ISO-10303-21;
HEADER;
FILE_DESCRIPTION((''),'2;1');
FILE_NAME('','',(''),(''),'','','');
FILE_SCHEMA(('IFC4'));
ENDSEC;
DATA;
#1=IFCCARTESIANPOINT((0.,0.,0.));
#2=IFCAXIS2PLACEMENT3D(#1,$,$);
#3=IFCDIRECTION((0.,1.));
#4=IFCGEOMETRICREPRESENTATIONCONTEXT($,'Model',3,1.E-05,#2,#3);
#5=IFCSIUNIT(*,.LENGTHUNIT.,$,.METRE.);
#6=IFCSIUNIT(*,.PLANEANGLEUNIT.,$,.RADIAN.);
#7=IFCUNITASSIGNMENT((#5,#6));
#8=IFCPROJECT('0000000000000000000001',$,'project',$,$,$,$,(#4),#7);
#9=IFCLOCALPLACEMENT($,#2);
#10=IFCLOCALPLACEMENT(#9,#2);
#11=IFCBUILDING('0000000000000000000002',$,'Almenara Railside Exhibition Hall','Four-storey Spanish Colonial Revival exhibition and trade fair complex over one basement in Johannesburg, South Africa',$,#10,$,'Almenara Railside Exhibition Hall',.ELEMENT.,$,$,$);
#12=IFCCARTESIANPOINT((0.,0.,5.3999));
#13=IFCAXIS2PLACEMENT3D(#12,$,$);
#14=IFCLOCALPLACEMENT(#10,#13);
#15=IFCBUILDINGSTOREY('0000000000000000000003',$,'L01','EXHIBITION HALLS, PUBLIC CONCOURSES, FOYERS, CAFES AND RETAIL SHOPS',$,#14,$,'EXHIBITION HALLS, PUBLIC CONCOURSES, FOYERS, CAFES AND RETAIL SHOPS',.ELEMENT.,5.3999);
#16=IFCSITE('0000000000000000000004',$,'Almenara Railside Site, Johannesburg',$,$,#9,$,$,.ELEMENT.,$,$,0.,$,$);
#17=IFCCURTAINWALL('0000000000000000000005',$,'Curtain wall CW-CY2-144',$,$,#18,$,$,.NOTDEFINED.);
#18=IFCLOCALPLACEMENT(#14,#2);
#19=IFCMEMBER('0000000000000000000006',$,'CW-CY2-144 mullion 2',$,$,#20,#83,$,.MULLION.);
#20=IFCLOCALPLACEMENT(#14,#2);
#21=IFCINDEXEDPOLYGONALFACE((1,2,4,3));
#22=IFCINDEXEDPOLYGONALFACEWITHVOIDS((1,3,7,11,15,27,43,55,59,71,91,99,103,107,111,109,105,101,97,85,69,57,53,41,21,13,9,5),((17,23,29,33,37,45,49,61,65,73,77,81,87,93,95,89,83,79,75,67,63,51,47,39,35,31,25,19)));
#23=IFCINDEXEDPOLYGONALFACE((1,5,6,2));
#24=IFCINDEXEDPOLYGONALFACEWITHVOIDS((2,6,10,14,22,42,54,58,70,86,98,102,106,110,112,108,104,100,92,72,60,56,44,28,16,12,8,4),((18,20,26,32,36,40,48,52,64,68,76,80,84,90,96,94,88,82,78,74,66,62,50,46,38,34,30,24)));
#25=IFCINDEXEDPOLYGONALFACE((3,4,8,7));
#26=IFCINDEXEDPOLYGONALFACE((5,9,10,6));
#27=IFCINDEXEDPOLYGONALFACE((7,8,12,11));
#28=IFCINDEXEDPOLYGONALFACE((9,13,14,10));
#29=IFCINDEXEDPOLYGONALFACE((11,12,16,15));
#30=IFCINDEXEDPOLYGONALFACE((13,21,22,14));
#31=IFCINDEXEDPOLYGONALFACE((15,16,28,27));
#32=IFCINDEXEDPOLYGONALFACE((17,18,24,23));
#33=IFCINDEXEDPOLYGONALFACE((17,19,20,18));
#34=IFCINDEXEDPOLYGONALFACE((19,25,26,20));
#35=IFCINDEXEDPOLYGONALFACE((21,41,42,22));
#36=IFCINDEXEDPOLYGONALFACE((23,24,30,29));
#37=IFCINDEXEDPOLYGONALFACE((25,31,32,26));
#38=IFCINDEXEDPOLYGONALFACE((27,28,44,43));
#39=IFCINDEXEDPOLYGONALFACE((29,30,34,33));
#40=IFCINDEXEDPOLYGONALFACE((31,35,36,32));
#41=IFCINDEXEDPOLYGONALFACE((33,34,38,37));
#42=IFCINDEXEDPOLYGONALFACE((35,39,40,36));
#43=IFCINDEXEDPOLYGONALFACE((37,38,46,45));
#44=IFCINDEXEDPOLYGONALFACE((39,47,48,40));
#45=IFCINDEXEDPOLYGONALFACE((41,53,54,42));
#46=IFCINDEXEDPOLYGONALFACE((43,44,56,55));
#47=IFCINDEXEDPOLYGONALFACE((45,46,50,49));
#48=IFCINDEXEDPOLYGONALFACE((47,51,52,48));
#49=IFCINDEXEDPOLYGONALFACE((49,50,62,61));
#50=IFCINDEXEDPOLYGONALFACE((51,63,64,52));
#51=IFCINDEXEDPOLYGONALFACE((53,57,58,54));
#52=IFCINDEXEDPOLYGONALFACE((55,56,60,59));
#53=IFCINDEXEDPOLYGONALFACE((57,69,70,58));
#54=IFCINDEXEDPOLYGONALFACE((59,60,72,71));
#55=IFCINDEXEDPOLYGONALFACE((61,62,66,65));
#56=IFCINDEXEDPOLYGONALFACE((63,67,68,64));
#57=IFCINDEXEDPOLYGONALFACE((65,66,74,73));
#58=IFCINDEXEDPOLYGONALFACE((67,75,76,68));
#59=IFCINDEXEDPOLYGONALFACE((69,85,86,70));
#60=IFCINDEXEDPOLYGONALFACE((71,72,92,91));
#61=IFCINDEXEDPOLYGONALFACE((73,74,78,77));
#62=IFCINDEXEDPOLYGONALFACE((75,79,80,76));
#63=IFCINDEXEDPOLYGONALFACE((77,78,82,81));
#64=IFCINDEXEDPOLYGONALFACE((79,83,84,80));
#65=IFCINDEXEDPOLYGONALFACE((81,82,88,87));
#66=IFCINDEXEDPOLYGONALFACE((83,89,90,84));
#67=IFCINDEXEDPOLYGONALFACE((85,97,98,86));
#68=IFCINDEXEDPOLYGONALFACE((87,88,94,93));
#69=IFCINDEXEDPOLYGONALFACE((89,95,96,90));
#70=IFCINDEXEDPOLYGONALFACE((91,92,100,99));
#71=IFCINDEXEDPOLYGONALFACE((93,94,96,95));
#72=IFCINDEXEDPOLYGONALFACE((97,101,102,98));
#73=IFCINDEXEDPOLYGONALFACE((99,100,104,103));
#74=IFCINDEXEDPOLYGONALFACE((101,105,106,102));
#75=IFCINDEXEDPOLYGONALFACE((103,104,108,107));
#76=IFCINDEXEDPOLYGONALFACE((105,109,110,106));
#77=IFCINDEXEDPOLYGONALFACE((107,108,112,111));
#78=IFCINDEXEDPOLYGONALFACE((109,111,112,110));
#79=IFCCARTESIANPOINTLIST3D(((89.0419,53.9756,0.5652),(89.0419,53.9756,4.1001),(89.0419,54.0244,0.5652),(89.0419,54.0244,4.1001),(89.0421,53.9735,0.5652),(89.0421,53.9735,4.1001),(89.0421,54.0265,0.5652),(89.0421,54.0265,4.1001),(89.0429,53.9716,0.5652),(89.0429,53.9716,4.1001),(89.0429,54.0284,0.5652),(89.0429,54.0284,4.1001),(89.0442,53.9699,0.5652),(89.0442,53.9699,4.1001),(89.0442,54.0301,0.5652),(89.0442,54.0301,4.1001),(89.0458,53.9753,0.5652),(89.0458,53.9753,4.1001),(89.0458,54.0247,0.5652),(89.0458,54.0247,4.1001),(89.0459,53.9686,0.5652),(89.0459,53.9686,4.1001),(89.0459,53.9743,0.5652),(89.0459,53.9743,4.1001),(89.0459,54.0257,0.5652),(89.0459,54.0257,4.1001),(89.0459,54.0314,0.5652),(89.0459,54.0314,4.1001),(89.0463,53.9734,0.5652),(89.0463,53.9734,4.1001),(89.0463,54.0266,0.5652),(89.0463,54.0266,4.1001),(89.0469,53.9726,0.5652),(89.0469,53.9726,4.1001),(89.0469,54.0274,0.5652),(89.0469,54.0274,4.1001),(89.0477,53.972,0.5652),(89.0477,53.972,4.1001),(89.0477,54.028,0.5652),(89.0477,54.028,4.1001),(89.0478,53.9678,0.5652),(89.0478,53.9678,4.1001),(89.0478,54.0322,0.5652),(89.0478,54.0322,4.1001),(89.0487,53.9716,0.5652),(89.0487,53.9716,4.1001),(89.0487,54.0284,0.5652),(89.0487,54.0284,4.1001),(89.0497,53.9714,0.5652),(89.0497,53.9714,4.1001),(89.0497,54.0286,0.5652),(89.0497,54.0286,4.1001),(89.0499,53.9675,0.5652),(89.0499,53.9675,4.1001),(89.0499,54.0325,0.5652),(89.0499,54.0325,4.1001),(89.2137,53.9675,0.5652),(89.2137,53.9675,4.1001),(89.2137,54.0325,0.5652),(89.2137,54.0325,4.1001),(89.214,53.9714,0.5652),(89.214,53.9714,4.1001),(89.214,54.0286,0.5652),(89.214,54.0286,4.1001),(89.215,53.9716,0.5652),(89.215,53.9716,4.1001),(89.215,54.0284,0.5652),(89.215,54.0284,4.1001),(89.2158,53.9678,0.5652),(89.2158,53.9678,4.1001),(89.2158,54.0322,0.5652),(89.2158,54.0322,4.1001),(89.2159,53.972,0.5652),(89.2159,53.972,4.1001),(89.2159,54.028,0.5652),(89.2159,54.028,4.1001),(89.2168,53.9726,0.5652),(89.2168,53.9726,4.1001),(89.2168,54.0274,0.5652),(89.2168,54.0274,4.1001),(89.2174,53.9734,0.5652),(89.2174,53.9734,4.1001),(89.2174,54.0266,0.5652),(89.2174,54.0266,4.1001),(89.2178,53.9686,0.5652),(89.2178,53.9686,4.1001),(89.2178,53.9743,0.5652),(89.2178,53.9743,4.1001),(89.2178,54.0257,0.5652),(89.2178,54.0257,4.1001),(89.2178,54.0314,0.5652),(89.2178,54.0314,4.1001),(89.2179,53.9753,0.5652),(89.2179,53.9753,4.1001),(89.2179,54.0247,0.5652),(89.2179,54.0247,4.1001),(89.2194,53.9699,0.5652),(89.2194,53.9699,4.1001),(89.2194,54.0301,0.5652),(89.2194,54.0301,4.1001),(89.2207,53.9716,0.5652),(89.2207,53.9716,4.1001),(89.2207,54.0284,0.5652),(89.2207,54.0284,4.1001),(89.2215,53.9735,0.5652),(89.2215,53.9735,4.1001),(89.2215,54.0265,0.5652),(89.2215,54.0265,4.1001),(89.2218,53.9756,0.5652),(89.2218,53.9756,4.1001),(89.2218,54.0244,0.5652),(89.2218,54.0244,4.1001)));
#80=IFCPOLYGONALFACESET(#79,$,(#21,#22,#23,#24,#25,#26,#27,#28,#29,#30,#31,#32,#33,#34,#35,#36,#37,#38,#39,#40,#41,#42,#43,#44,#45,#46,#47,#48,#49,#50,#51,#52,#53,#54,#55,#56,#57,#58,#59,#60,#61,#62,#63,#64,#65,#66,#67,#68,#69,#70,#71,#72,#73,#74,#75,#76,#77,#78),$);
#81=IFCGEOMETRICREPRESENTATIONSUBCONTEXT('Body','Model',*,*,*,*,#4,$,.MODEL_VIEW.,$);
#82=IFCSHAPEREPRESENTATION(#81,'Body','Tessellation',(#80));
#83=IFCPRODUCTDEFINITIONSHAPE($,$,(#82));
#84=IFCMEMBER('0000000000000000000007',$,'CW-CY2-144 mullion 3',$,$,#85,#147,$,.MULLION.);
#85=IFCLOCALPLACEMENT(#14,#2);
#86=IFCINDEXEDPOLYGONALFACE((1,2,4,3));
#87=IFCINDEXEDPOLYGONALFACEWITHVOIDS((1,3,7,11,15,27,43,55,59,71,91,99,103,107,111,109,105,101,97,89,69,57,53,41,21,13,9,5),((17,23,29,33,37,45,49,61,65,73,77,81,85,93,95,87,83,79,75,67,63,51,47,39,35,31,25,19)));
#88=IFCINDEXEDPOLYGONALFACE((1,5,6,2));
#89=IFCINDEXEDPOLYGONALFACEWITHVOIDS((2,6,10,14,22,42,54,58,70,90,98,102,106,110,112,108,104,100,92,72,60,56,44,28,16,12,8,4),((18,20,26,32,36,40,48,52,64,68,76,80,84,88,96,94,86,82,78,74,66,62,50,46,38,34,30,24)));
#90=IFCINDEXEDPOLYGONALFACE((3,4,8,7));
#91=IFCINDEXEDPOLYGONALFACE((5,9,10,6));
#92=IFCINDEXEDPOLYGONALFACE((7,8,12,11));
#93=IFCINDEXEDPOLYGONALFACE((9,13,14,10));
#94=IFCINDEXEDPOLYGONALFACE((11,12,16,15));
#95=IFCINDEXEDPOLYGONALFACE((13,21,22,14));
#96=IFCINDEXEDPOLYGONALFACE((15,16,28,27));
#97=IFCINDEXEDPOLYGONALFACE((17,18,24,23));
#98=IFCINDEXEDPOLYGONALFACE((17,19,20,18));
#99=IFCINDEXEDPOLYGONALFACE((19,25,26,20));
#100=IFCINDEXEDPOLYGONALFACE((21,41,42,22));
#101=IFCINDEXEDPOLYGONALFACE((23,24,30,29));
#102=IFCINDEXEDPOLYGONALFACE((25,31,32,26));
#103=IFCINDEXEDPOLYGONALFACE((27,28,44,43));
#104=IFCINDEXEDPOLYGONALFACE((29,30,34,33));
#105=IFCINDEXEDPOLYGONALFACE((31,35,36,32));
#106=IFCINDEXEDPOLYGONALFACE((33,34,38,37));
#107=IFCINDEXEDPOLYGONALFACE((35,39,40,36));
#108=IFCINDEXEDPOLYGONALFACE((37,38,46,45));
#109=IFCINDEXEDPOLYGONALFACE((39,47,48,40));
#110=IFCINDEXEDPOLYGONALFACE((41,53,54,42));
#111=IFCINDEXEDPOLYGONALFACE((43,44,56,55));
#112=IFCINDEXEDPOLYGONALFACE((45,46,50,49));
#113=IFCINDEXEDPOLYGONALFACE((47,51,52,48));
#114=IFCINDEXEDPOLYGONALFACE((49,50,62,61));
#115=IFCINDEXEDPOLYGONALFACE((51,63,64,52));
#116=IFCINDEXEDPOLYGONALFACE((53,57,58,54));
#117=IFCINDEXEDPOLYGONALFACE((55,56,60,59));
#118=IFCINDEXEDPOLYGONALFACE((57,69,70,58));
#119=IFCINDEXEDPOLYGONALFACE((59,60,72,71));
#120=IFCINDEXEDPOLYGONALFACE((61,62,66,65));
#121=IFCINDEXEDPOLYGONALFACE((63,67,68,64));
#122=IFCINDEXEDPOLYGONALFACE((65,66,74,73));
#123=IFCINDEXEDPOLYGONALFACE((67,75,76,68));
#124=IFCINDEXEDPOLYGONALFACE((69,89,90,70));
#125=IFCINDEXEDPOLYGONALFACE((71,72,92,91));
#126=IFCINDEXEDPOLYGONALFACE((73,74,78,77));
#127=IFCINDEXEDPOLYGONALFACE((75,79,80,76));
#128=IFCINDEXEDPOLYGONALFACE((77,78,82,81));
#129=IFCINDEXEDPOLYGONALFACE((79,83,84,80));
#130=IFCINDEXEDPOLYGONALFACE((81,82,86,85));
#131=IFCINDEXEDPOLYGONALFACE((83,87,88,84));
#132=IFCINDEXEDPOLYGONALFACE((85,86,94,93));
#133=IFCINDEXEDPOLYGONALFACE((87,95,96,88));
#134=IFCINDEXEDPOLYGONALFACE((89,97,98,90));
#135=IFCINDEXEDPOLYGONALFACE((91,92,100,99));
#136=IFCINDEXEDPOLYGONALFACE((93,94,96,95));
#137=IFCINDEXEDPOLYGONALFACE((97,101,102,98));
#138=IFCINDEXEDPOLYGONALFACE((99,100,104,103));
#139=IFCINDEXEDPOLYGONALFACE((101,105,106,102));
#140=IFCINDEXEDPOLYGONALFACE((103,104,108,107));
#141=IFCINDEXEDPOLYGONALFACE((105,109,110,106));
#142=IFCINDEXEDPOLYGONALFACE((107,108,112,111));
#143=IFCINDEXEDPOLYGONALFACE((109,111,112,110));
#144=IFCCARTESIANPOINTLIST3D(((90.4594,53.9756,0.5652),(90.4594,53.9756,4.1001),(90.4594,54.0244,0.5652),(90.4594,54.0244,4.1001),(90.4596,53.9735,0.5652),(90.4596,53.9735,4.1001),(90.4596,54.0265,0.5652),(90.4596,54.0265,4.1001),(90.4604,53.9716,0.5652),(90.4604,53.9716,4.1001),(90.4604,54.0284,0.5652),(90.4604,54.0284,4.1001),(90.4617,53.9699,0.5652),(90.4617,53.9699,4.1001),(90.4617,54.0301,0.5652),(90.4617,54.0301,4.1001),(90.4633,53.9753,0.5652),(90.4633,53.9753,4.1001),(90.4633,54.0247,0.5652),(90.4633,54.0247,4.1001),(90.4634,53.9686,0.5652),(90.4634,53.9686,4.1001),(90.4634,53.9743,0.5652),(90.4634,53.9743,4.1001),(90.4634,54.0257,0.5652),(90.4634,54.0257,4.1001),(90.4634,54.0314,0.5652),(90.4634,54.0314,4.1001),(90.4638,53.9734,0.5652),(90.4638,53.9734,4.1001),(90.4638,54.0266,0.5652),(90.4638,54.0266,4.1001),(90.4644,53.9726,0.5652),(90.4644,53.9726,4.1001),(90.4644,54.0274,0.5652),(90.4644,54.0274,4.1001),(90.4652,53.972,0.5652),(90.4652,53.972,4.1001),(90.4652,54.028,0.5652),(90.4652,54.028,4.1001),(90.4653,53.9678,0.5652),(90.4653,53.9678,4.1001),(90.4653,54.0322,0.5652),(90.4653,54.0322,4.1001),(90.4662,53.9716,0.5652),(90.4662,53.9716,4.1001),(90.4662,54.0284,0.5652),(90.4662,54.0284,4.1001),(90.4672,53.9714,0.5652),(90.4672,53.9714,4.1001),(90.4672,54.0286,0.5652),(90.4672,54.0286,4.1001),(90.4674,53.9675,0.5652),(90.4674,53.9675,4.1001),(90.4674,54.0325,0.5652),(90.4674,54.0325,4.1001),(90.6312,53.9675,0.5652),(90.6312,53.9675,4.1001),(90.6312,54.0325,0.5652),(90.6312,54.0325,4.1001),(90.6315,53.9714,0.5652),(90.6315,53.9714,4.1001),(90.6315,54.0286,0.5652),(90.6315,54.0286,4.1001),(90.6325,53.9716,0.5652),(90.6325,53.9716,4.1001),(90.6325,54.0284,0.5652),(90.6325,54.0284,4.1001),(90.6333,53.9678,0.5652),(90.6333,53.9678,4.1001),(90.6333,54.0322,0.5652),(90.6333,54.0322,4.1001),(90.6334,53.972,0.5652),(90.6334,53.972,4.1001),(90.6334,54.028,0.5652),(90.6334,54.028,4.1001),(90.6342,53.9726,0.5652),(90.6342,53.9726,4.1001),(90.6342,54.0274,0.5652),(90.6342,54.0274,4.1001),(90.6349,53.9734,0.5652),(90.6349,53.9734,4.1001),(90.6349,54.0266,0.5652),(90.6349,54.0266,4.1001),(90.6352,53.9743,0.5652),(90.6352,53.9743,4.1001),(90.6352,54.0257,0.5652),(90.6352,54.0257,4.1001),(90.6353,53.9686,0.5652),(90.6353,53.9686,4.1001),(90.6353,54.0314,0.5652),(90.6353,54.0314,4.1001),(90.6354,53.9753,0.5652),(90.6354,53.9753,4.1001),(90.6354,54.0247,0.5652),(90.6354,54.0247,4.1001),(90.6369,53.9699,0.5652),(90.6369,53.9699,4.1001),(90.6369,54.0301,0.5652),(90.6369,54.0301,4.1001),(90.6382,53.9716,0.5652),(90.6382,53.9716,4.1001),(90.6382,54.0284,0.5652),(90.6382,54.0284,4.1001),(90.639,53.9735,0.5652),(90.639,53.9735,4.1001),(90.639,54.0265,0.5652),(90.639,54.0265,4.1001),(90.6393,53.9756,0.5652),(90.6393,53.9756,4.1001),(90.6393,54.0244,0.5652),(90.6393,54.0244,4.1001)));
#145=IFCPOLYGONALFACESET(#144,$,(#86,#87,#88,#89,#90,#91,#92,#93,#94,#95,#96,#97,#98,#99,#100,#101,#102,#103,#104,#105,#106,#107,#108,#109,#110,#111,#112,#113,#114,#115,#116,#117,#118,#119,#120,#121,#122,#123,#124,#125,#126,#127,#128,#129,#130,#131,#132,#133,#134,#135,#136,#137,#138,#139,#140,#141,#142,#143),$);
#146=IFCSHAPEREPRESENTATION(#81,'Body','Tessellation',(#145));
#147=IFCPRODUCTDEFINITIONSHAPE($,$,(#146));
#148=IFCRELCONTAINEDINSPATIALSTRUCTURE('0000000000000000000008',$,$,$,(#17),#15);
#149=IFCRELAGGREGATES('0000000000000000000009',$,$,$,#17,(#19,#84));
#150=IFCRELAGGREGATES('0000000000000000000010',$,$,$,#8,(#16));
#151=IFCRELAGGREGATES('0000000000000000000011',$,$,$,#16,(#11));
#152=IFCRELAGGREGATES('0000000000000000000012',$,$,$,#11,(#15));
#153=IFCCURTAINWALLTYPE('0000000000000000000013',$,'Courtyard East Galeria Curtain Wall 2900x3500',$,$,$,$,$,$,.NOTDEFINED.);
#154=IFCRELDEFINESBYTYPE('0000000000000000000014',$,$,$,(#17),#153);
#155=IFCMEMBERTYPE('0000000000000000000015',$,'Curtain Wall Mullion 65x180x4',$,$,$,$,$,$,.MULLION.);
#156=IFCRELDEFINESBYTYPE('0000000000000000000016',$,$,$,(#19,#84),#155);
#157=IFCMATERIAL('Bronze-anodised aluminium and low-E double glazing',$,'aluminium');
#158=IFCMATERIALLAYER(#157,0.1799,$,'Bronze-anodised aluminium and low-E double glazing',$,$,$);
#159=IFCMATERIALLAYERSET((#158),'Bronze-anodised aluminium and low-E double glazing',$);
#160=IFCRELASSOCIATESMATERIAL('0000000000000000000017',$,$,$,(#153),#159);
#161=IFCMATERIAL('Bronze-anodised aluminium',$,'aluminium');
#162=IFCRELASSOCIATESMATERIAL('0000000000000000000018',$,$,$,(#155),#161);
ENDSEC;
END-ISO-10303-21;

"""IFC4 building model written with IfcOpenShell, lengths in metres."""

from ifc_helpers import new_model, si_unit, direction, frame, origin, origin_2d, place, context, subcontext, project, spatial, hollow_rectangle, extrude, material, layer, layer_set, material_profile, profile_set, type_object, element, aggregate, save


model = new_model("IFC4")

# Units and contexts
model_context = context("Model", 3, precision=1e-05, world=origin(), true_north=direction((0.0, 1.0)))
body_context = subcontext(model_context, "Body", "Model", "MODEL_VIEW")
ifc_project = project(units=[si_unit("LENGTHUNIT", "METRE"), si_unit("PLANEANGLEUNIT", "RADIAN")], contexts=[model_context])

# Site, building, storey
site_placement = place(None, origin())
site = spatial("IfcSite", under=ifc_project, at=site_placement, Name="Almenara Railside Site, Johannesburg", CompositionType="ELEMENT", RefElevation=0.0)
building_placement = place(site_placement, origin())
building = spatial("IfcBuilding", under=site, at=building_placement, Name="Almenara Railside Exhibition Hall", Description="Four-storey Spanish Colonial Revival exhibition and trade fair complex over one basement in Johannesburg, South Africa", LongName="Almenara Railside Exhibition Hall", CompositionType="ELEMENT")
storey_placement = place(building_placement, frame((0.0, 0.0, 5.3999)))
storey = spatial("IfcBuildingStorey", under=building, at=storey_placement, Name="L01", Description="EXHIBITION HALLS, PUBLIC CONCOURSES, FOYERS, CAFES AND RETAIL SHOPS", LongName="EXHIBITION HALLS, PUBLIC CONCOURSES, FOYERS, CAFES AND RETAIL SHOPS", CompositionType="ELEMENT", Elevation=5.3999)

# Curtain wall, members
ifc_material_1 = material(Name="Bronze-anodised aluminium and low-E double glazing", Category="aluminium")
ifc_layer_1 = layer(ifc_material_1, 0.1799, Name="Bronze-anodised aluminium and low-E double glazing")
ifc_layer_set_1 = layer_set([ifc_layer_1], Name="Bronze-anodised aluminium and low-E double glazing")
curtain_wall_type = type_object("IfcCurtainWallType", Name="Courtyard East Galeria Curtain Wall 2900x3500", PredefinedType="NOTDEFINED", material=ifc_layer_set_1)
ifc_material_2 = material(Name="Bronze-anodised aluminium", Category="aluminium")
curtain_wall_1_placement = place(storey_placement, origin())
curtain_wall_1 = element("IfcCurtainWall", 1, at=curtain_wall_1_placement, inside=storey, type_object=curtain_wall_type, Name="Curtain wall CW-CY2-144", PredefinedType="NOTDEFINED")
ifc_material_profile_1 = material_profile(ifc_material_2, hollow_rectangle(XDim=0.0649, YDim=0.1799, WallThickness=0.0039, InnerFilletRadius=0.0039, OuterFilletRadius=0.0081, at=origin_2d()), Name="ALU-MUL 65x180x4")
ifc_profile_set_1 = profile_set([ifc_material_profile_1], Name="Bronze-anodised aluminium")
member_type_1 = type_object("IfcMemberType", Name="Curtain Wall Mullion 65x180x4", PredefinedType="MULLION", material=ifc_profile_set_1)
member_1_placement = place(storey_placement, frame((89.1318, 54.0, 0.5652), z_axis=(0.0, 0.0, 1.0), x_axis=(0.0, 1.0, 0.0)))
member_1 = element("IfcMember", 2, at=member_1_placement, type_object=member_type_1, Name="CW-CY2-144 mullion 2", PredefinedType="MULLION", context=body_context, shape_type="SweptSolid", body=[
    extrude(hollow_rectangle(XDim=0.0649, YDim=0.1799, WallThickness=0.0039, InnerFilletRadius=0.0039, OuterFilletRadius=0.0081, at=origin_2d()), origin(), (0.0, 0.0, 1.0), 3.5349),
])
member_2_placement = place(storey_placement, frame((90.5493, 54.0, 0.5652), z_axis=(0.0, 0.0, 1.0), x_axis=(0.0, 1.0, 0.0)))
member_2 = element("IfcMember", 3, at=member_2_placement, type_object=member_type_1, Name="CW-CY2-144 mullion 3", PredefinedType="MULLION", context=body_context, shape_type="SweptSolid", body=[
    extrude(hollow_rectangle(XDim=0.0649, YDim=0.1799, WallThickness=0.0039, InnerFilletRadius=0.0039, OuterFilletRadius=0.0081, at=origin_2d()), origin(), (0.0, 0.0, 1.0), 3.5349),
])

aggregate(curtain_wall_1, [member_1, member_2])

save(model, "model.ifc")
